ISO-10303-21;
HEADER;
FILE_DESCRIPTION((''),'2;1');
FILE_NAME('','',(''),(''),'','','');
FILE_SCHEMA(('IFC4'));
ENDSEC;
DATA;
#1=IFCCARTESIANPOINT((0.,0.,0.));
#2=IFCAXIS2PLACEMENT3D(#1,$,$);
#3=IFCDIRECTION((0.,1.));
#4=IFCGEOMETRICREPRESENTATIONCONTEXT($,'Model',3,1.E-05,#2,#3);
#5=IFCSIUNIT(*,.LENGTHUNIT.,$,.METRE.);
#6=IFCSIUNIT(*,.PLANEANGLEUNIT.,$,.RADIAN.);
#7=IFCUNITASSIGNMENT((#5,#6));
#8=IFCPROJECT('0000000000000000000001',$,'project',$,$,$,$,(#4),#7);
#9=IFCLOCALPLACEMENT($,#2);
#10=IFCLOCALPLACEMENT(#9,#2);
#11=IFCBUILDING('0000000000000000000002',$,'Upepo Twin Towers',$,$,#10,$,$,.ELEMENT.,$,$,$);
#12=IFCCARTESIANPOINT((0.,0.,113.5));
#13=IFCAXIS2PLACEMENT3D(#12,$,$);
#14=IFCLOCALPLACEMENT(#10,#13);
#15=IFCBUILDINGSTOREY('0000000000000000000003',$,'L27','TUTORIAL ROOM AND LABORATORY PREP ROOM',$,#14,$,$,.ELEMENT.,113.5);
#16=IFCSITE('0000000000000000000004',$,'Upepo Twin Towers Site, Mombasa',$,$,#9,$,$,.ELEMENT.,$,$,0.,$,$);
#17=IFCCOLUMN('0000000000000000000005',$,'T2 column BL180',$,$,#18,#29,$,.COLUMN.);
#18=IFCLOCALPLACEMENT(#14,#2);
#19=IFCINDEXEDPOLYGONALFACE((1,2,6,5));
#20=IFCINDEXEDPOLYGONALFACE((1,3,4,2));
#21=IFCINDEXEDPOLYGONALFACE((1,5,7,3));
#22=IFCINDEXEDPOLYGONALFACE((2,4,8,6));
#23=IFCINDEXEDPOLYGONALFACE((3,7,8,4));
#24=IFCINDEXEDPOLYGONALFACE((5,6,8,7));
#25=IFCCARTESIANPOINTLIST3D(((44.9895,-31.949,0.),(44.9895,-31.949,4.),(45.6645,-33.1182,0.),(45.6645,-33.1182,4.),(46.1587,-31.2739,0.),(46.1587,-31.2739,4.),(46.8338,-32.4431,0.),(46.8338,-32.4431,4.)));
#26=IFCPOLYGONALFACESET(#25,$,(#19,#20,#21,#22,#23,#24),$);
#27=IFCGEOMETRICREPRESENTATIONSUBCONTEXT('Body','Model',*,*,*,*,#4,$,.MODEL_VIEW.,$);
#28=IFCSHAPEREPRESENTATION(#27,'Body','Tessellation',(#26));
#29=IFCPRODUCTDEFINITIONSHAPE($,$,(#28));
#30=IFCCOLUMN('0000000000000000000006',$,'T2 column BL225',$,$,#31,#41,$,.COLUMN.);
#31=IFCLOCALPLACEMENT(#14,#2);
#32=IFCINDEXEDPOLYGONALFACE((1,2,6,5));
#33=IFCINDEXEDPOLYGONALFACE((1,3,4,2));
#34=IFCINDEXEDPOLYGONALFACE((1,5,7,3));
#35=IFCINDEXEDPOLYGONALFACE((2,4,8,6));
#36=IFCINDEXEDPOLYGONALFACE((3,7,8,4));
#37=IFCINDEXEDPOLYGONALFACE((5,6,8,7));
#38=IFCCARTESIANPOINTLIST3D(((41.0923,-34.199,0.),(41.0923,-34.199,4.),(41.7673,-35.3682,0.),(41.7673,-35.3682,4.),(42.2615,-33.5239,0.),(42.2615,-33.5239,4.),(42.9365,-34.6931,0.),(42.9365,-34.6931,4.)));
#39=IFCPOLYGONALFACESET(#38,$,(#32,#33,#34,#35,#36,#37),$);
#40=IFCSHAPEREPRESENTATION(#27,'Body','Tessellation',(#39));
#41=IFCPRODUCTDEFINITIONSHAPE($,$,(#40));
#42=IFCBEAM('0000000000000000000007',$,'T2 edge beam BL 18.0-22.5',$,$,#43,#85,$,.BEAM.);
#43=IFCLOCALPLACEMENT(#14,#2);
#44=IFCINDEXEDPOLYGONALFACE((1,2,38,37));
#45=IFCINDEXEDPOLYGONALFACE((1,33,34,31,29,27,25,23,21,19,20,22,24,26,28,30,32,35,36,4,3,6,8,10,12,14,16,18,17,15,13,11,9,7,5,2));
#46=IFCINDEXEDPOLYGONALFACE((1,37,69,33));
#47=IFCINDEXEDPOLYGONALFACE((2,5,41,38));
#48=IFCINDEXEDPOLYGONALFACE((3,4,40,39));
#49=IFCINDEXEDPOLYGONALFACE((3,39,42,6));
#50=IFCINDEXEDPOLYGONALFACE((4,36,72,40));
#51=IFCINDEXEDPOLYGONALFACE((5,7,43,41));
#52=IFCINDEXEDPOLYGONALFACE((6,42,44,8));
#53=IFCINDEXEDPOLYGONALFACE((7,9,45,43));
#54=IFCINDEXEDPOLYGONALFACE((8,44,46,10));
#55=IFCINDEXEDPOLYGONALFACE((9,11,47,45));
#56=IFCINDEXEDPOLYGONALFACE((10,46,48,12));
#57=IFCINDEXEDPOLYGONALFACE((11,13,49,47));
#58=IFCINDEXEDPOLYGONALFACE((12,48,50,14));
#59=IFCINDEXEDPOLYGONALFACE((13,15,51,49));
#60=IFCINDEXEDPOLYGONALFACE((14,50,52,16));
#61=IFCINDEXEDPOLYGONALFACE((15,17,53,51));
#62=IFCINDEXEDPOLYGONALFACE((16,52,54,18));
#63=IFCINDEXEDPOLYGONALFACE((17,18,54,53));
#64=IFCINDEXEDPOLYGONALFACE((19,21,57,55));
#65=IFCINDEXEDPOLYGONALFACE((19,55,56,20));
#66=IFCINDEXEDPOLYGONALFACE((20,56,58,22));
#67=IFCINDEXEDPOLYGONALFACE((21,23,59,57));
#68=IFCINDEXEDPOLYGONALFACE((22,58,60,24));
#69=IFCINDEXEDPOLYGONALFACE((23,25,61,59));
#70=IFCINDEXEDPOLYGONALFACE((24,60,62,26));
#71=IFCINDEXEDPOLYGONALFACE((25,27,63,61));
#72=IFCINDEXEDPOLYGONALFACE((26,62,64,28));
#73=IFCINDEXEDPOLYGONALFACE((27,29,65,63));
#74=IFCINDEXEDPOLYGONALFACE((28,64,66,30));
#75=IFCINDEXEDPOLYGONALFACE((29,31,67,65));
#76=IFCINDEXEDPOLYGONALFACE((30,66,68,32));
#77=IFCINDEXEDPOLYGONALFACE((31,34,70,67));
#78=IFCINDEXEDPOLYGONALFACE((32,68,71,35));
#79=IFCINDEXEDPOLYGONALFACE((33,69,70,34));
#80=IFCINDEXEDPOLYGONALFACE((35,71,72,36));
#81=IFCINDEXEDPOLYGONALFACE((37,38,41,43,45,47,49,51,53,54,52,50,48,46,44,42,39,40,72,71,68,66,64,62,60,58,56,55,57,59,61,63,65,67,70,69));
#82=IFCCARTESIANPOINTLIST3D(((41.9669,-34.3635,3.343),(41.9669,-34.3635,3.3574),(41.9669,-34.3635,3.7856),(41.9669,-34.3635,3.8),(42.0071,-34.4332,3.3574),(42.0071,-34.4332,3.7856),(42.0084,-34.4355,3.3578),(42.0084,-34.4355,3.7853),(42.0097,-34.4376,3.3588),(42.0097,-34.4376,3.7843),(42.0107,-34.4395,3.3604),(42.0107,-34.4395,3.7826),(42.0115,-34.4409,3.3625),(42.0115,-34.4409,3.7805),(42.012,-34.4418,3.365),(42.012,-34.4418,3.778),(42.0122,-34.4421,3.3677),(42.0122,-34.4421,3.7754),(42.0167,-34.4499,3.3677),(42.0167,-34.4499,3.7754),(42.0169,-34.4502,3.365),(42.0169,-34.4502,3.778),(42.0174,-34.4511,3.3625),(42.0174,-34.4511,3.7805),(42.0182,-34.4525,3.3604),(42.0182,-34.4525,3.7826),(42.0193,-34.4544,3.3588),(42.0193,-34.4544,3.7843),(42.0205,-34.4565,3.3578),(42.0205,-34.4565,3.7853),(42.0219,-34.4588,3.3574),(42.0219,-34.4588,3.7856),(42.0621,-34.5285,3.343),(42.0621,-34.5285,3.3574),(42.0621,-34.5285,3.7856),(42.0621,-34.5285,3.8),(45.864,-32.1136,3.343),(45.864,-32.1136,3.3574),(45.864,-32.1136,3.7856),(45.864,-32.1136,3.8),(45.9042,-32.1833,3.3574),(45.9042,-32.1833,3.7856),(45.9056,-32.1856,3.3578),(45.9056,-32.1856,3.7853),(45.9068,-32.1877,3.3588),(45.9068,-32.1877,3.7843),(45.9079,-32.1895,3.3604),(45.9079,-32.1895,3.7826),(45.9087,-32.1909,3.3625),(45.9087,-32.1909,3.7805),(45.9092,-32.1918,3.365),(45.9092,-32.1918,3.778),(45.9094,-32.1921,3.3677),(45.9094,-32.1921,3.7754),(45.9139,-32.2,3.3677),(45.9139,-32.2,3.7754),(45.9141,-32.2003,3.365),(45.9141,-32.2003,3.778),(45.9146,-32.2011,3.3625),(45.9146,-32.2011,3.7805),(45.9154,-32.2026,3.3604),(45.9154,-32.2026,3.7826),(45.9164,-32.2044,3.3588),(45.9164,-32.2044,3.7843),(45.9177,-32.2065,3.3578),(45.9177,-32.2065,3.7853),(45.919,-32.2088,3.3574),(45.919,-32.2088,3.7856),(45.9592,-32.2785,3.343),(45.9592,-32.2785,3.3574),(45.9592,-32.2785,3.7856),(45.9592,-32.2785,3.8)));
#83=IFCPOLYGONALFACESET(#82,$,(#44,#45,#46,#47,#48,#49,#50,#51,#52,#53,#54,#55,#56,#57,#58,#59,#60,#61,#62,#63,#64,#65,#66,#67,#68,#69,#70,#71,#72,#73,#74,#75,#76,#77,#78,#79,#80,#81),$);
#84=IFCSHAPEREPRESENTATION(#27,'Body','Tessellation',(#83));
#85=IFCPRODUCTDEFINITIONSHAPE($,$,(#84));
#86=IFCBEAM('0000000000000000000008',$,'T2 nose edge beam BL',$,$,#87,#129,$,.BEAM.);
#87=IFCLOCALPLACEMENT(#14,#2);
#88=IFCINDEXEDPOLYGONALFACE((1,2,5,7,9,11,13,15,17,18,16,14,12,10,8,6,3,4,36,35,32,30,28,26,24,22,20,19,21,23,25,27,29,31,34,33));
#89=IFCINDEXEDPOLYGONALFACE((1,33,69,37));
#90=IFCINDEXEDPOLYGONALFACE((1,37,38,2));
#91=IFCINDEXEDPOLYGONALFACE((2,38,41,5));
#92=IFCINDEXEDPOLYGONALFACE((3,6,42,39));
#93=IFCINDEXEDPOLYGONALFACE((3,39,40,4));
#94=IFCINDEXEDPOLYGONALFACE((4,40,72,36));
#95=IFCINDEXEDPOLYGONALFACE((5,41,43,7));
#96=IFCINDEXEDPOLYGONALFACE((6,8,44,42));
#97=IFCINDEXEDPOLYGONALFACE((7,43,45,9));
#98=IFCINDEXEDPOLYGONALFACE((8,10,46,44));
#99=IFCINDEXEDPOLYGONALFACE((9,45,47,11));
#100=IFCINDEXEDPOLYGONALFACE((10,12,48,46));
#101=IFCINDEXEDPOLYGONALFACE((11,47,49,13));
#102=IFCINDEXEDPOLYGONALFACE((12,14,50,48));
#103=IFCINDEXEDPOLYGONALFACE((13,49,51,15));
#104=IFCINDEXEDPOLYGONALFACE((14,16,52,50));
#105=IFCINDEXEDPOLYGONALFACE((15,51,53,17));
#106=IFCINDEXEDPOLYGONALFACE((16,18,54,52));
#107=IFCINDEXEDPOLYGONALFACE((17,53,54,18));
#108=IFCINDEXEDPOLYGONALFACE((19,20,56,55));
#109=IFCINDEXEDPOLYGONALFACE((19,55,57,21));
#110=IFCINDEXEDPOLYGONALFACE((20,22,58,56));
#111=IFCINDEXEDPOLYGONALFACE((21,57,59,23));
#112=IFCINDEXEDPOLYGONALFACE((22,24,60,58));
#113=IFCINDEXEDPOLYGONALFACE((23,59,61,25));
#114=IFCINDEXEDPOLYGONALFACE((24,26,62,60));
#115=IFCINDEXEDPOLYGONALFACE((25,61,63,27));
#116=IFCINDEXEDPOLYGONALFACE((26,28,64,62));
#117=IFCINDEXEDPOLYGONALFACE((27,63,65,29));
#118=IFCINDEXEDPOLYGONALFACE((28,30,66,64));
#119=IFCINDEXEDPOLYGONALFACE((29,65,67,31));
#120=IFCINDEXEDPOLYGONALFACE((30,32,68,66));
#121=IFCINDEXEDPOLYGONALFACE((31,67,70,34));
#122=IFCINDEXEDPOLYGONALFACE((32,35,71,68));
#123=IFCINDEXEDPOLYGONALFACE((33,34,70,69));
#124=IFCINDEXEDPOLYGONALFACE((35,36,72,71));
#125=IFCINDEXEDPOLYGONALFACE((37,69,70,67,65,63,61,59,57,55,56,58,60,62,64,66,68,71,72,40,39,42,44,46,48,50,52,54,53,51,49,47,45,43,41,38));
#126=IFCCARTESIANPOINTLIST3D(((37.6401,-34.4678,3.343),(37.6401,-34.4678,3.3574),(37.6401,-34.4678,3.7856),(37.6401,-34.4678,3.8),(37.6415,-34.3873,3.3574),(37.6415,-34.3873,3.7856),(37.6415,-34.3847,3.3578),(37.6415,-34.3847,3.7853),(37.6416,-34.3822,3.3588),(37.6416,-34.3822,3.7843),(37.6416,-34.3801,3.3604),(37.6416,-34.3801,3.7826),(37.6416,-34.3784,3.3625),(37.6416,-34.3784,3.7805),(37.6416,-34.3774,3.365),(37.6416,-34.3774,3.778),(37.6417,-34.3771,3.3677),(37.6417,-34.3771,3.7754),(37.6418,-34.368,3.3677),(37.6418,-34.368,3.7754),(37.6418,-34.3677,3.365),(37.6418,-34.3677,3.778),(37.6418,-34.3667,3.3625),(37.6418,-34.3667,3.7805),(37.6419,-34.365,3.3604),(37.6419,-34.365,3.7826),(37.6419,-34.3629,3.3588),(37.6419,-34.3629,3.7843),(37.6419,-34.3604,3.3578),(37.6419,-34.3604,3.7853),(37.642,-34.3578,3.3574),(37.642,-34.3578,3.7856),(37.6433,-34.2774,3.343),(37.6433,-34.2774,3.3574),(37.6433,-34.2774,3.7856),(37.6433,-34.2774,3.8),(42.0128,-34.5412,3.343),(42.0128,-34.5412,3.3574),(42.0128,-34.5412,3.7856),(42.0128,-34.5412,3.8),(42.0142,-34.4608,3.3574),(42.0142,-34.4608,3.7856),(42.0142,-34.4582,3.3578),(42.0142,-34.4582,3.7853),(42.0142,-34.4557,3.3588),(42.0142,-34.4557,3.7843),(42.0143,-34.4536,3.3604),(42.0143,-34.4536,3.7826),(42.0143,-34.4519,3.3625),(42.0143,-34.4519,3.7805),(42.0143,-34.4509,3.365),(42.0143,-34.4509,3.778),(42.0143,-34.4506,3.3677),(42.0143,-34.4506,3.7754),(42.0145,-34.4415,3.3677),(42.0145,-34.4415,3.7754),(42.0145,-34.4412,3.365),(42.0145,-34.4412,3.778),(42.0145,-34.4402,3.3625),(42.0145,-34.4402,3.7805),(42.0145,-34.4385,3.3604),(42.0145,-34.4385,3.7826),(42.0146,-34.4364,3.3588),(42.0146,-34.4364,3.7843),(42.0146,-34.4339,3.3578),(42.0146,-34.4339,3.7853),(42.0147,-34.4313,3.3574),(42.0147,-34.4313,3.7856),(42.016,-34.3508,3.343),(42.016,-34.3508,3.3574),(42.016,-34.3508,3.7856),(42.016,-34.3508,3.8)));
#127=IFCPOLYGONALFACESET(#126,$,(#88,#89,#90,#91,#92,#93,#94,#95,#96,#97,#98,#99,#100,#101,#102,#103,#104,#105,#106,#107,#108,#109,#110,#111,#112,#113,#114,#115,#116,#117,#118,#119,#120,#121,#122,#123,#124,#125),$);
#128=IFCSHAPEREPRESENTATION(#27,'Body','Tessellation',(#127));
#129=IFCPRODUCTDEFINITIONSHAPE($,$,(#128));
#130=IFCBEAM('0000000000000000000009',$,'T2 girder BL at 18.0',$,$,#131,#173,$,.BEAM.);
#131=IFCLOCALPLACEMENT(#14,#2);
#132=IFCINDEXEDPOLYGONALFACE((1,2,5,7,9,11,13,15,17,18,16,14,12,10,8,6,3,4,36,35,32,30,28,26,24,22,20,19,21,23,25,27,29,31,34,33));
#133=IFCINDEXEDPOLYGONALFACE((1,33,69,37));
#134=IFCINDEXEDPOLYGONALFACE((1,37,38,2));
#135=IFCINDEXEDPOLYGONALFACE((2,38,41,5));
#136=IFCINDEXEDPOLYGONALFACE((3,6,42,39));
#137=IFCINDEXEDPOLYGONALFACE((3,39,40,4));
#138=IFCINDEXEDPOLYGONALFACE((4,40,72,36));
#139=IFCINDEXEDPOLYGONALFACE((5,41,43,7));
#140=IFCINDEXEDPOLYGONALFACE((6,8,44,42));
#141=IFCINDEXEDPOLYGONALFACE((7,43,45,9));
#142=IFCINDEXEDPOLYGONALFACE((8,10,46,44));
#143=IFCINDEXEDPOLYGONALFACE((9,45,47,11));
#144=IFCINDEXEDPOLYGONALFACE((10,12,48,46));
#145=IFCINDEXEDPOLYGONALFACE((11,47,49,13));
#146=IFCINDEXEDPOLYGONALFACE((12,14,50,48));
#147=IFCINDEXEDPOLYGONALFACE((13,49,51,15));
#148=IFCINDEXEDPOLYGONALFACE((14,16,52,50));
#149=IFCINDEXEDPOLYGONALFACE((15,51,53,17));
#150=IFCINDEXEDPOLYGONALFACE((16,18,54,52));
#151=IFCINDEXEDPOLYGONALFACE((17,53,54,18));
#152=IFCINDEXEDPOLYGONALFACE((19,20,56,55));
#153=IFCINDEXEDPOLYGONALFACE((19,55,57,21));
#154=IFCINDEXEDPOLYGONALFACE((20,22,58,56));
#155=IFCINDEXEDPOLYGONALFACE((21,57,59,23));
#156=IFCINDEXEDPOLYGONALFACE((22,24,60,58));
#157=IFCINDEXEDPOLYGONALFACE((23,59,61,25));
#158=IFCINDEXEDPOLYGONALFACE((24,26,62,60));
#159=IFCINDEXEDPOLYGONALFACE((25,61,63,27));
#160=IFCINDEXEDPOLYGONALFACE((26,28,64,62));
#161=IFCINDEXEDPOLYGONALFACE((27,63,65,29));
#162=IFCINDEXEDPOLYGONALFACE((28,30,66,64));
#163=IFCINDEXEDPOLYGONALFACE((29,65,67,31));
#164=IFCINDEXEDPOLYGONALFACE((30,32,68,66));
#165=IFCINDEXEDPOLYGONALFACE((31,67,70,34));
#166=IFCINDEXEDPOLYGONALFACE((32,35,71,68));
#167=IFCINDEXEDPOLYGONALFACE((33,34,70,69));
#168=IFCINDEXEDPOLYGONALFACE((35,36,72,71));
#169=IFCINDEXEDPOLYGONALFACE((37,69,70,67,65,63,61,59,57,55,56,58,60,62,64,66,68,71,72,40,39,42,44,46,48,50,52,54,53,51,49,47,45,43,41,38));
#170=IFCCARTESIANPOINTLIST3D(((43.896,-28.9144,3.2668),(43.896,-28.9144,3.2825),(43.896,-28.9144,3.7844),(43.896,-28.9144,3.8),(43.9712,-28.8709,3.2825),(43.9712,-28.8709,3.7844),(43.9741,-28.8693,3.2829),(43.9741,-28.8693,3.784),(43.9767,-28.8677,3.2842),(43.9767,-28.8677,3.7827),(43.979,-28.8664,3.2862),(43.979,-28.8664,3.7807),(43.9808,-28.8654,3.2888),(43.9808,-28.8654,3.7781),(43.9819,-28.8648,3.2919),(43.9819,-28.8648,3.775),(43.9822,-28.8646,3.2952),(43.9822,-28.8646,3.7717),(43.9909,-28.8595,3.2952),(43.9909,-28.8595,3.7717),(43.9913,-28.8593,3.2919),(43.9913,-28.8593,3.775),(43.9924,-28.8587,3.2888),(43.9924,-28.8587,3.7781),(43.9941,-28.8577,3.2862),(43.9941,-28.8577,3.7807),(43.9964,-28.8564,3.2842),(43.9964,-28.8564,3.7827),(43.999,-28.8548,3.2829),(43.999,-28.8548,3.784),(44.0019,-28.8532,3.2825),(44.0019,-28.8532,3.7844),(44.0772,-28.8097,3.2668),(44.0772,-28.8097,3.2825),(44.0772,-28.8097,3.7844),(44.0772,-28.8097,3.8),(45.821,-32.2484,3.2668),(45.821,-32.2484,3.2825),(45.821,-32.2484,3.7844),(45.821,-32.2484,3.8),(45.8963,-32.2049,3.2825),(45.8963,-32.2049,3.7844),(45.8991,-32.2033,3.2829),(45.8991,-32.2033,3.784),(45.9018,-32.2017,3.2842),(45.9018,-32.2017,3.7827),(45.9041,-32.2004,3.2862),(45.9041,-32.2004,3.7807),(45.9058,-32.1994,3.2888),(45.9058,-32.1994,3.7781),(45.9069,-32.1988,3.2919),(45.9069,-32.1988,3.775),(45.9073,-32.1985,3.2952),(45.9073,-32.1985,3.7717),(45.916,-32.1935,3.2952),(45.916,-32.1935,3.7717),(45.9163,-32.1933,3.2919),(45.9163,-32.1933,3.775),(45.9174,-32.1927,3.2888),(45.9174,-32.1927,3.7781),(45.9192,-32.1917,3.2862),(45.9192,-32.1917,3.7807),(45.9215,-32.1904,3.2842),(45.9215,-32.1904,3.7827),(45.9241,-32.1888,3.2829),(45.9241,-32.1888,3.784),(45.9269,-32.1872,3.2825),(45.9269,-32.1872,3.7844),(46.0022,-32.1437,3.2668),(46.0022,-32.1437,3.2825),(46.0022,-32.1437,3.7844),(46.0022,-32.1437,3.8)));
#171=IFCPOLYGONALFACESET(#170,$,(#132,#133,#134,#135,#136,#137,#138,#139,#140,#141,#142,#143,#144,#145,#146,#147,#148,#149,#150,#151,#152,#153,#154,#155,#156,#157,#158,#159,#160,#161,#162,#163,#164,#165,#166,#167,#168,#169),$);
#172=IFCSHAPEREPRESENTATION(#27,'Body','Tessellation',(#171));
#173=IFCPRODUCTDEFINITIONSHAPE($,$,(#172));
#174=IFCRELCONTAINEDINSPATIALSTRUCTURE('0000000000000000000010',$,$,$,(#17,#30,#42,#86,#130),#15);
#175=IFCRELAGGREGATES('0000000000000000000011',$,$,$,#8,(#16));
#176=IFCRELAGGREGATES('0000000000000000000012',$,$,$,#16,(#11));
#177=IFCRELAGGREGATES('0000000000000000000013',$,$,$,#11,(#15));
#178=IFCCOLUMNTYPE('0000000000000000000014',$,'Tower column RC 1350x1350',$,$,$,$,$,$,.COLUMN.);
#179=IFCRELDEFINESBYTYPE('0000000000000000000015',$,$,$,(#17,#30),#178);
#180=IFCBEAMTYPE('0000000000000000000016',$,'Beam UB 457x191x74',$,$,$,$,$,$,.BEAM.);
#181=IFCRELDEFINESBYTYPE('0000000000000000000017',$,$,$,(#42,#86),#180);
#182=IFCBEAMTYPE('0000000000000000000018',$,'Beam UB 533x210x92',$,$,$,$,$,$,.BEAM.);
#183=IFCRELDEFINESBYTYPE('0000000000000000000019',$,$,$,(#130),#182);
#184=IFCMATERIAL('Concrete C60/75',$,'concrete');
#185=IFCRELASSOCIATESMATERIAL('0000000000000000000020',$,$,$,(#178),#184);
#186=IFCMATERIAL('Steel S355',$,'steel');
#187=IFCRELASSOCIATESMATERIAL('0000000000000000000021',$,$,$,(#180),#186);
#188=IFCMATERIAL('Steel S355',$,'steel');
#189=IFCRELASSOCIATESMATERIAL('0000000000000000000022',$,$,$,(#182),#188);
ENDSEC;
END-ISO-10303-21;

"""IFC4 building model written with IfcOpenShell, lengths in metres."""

from ifc_helpers import new_model, si_unit, direction, frame, origin, origin_2d, place, context, subcontext, project, spatial, rectangle, i_section, extrude, material, material_profile, profile_set, type_object, element, save


model = new_model("IFC4")

# Units and contexts
model_context = context("Model", 3, precision=1e-05, world=origin(), true_north=direction((0.0, 1.0)))
body_context = subcontext(model_context, "Body", "Model", "MODEL_VIEW")
ifc_project = project(units=[si_unit("LENGTHUNIT", "METRE"), si_unit("PLANEANGLEUNIT", "RADIAN")], contexts=[model_context])

# Site, building, storey
site_placement = place(None, origin())
site = spatial("IfcSite", under=ifc_project, at=site_placement, Name="Upepo Twin Towers Site, Mombasa", CompositionType="ELEMENT", RefElevation=0.0)
building_placement = place(site_placement, origin())
building = spatial("IfcBuilding", under=site, at=building_placement, Name="Upepo Twin Towers", CompositionType="ELEMENT")
storey_placement = place(building_placement, frame((0.0, 0.0, 113.5)))
storey = spatial("IfcBuildingStorey", under=building, at=storey_placement, Name="L27", Description="TUTORIAL ROOM AND LABORATORY PREP ROOM", CompositionType="ELEMENT", Elevation=113.5)

# Columns
ifc_material_1 = material(Name="Concrete C60/75", Category="concrete")
ifc_material_profile_1 = material_profile(ifc_material_1, rectangle(XDim=1.3501, YDim=1.3501, at=origin_2d()), Name="RC 1350x1350")
ifc_profile_set_1 = profile_set([ifc_material_profile_1], Name="Concrete C60/75")
column_type = type_object("IfcColumnType", Name="Tower column RC 1350x1350", PredefinedType="COLUMN", material=ifc_profile_set_1)
for number, where, z_axis, x_axis, name in (
    (1, (45.9116, -32.196, 0.0), (0.0, 0.0, 1.0), (0.866025, 0.5, 0.0), "T2 column BL180"),
    (2, (42.0144, -34.446, 0.0), (0.0, 0.0, 1.0), (0.866025, 0.5, 0.0), "T2 column BL225"),
):
    element("IfcColumn", number, at=place(storey_placement, frame(where, z_axis=z_axis, x_axis=x_axis)), inside=storey, type_object=column_type, Name=name, PredefinedType="COLUMN", context=body_context, shape_type="SweptSolid", body=[
        extrude(rectangle(XDim=1.3501, YDim=1.3501, at=origin_2d()), origin(), (0.0, 0.0, 1.0), 4.0),
    ])

# Beams
ifc_material_2 = material(Name="Steel S355", Category="steel")
ifc_material_profile_2 = material_profile(ifc_material_2, i_section(OverallWidth=0.1904, OverallDepth=0.457, WebThickness=0.009, FlangeThickness=0.0144, FilletRadius=0.0103, at=origin_2d()), Name="UB 457x191x74")
ifc_profile_set_2 = profile_set([ifc_material_profile_2], Name="Steel S355")
beam_type_1 = type_object("IfcBeamType", Name="Beam UB 457x191x74", PredefinedType="BEAM", material=ifc_profile_set_2)
beam_1_placement = place(storey_placement, frame((45.9116, -32.196, 3.5715), z_axis=(-0.866031, -0.49999, 0.0), x_axis=(0.49999, -0.866031, 0.0)))
element("IfcBeam", 3, at=beam_1_placement, inside=storey, type_object=beam_type_1, Name="T2 edge beam BL 18.0-22.5", PredefinedType="BEAM", context=body_context, shape_type="SweptSolid", body=[
    extrude(i_section(OverallWidth=0.1904, OverallDepth=0.457, WebThickness=0.009, FlangeThickness=0.0144, FilletRadius=0.0103, at=origin_2d()), origin(), (0.0, 0.0, 1.0), 4.5),
])
beam_2_placement = place(storey_placement, frame((42.0144, -34.446, 3.5715), z_axis=(-0.999859, 0.016804, 0.0), x_axis=(-0.016804, -0.999859, 0.0)))
element("IfcBeam", 4, at=beam_2_placement, inside=storey, type_object=beam_type_1, Name="T2 nose edge beam BL", PredefinedType="BEAM", context=body_context, shape_type="SweptSolid", body=[
    extrude(i_section(OverallWidth=0.1904, OverallDepth=0.457, WebThickness=0.009, FlangeThickness=0.0144, FilletRadius=0.0103, at=origin_2d()), origin(), (0.0, 0.0, 1.0), 4.3733),
])
ifc_material_3 = material(Name="Steel S355", Category="steel")
ifc_material_profile_3 = material_profile(ifc_material_3, i_section(OverallWidth=0.2092, OverallDepth=0.5332, WebThickness=0.01, FlangeThickness=0.0156, FilletRadius=0.0127, at=origin_2d()), Name="UB 533x210x92")
ifc_profile_set_3 = profile_set([ifc_material_profile_3], Name="Steel S355")
beam_type_2 = type_object("IfcBeamType", Name="Beam UB 533x210x92", PredefinedType="BEAM", material=ifc_profile_set_3)
for number, where, z_axis, x_axis, name in (
    (5, (45.9116, -32.196, 3.5334), (-0.500034, 0.866006, 0.0), (-0.866006, -0.500034, 0.0), "T2 girder BL at 18.0"),
):
    element("IfcBeam", number, at=place(storey_placement, frame(where, z_axis=z_axis, x_axis=x_axis)), inside=storey, type_object=beam_type_2, Name=name, PredefinedType="BEAM", context=body_context, shape_type="SweptSolid", body=[
        extrude(i_section(OverallWidth=0.2092, OverallDepth=0.5332, WebThickness=0.01, FlangeThickness=0.0156, FilletRadius=0.0127, at=origin_2d()), origin(), (0.0, 0.0, 1.0), 3.8499),
    ])

save(model, "model.ifc")
